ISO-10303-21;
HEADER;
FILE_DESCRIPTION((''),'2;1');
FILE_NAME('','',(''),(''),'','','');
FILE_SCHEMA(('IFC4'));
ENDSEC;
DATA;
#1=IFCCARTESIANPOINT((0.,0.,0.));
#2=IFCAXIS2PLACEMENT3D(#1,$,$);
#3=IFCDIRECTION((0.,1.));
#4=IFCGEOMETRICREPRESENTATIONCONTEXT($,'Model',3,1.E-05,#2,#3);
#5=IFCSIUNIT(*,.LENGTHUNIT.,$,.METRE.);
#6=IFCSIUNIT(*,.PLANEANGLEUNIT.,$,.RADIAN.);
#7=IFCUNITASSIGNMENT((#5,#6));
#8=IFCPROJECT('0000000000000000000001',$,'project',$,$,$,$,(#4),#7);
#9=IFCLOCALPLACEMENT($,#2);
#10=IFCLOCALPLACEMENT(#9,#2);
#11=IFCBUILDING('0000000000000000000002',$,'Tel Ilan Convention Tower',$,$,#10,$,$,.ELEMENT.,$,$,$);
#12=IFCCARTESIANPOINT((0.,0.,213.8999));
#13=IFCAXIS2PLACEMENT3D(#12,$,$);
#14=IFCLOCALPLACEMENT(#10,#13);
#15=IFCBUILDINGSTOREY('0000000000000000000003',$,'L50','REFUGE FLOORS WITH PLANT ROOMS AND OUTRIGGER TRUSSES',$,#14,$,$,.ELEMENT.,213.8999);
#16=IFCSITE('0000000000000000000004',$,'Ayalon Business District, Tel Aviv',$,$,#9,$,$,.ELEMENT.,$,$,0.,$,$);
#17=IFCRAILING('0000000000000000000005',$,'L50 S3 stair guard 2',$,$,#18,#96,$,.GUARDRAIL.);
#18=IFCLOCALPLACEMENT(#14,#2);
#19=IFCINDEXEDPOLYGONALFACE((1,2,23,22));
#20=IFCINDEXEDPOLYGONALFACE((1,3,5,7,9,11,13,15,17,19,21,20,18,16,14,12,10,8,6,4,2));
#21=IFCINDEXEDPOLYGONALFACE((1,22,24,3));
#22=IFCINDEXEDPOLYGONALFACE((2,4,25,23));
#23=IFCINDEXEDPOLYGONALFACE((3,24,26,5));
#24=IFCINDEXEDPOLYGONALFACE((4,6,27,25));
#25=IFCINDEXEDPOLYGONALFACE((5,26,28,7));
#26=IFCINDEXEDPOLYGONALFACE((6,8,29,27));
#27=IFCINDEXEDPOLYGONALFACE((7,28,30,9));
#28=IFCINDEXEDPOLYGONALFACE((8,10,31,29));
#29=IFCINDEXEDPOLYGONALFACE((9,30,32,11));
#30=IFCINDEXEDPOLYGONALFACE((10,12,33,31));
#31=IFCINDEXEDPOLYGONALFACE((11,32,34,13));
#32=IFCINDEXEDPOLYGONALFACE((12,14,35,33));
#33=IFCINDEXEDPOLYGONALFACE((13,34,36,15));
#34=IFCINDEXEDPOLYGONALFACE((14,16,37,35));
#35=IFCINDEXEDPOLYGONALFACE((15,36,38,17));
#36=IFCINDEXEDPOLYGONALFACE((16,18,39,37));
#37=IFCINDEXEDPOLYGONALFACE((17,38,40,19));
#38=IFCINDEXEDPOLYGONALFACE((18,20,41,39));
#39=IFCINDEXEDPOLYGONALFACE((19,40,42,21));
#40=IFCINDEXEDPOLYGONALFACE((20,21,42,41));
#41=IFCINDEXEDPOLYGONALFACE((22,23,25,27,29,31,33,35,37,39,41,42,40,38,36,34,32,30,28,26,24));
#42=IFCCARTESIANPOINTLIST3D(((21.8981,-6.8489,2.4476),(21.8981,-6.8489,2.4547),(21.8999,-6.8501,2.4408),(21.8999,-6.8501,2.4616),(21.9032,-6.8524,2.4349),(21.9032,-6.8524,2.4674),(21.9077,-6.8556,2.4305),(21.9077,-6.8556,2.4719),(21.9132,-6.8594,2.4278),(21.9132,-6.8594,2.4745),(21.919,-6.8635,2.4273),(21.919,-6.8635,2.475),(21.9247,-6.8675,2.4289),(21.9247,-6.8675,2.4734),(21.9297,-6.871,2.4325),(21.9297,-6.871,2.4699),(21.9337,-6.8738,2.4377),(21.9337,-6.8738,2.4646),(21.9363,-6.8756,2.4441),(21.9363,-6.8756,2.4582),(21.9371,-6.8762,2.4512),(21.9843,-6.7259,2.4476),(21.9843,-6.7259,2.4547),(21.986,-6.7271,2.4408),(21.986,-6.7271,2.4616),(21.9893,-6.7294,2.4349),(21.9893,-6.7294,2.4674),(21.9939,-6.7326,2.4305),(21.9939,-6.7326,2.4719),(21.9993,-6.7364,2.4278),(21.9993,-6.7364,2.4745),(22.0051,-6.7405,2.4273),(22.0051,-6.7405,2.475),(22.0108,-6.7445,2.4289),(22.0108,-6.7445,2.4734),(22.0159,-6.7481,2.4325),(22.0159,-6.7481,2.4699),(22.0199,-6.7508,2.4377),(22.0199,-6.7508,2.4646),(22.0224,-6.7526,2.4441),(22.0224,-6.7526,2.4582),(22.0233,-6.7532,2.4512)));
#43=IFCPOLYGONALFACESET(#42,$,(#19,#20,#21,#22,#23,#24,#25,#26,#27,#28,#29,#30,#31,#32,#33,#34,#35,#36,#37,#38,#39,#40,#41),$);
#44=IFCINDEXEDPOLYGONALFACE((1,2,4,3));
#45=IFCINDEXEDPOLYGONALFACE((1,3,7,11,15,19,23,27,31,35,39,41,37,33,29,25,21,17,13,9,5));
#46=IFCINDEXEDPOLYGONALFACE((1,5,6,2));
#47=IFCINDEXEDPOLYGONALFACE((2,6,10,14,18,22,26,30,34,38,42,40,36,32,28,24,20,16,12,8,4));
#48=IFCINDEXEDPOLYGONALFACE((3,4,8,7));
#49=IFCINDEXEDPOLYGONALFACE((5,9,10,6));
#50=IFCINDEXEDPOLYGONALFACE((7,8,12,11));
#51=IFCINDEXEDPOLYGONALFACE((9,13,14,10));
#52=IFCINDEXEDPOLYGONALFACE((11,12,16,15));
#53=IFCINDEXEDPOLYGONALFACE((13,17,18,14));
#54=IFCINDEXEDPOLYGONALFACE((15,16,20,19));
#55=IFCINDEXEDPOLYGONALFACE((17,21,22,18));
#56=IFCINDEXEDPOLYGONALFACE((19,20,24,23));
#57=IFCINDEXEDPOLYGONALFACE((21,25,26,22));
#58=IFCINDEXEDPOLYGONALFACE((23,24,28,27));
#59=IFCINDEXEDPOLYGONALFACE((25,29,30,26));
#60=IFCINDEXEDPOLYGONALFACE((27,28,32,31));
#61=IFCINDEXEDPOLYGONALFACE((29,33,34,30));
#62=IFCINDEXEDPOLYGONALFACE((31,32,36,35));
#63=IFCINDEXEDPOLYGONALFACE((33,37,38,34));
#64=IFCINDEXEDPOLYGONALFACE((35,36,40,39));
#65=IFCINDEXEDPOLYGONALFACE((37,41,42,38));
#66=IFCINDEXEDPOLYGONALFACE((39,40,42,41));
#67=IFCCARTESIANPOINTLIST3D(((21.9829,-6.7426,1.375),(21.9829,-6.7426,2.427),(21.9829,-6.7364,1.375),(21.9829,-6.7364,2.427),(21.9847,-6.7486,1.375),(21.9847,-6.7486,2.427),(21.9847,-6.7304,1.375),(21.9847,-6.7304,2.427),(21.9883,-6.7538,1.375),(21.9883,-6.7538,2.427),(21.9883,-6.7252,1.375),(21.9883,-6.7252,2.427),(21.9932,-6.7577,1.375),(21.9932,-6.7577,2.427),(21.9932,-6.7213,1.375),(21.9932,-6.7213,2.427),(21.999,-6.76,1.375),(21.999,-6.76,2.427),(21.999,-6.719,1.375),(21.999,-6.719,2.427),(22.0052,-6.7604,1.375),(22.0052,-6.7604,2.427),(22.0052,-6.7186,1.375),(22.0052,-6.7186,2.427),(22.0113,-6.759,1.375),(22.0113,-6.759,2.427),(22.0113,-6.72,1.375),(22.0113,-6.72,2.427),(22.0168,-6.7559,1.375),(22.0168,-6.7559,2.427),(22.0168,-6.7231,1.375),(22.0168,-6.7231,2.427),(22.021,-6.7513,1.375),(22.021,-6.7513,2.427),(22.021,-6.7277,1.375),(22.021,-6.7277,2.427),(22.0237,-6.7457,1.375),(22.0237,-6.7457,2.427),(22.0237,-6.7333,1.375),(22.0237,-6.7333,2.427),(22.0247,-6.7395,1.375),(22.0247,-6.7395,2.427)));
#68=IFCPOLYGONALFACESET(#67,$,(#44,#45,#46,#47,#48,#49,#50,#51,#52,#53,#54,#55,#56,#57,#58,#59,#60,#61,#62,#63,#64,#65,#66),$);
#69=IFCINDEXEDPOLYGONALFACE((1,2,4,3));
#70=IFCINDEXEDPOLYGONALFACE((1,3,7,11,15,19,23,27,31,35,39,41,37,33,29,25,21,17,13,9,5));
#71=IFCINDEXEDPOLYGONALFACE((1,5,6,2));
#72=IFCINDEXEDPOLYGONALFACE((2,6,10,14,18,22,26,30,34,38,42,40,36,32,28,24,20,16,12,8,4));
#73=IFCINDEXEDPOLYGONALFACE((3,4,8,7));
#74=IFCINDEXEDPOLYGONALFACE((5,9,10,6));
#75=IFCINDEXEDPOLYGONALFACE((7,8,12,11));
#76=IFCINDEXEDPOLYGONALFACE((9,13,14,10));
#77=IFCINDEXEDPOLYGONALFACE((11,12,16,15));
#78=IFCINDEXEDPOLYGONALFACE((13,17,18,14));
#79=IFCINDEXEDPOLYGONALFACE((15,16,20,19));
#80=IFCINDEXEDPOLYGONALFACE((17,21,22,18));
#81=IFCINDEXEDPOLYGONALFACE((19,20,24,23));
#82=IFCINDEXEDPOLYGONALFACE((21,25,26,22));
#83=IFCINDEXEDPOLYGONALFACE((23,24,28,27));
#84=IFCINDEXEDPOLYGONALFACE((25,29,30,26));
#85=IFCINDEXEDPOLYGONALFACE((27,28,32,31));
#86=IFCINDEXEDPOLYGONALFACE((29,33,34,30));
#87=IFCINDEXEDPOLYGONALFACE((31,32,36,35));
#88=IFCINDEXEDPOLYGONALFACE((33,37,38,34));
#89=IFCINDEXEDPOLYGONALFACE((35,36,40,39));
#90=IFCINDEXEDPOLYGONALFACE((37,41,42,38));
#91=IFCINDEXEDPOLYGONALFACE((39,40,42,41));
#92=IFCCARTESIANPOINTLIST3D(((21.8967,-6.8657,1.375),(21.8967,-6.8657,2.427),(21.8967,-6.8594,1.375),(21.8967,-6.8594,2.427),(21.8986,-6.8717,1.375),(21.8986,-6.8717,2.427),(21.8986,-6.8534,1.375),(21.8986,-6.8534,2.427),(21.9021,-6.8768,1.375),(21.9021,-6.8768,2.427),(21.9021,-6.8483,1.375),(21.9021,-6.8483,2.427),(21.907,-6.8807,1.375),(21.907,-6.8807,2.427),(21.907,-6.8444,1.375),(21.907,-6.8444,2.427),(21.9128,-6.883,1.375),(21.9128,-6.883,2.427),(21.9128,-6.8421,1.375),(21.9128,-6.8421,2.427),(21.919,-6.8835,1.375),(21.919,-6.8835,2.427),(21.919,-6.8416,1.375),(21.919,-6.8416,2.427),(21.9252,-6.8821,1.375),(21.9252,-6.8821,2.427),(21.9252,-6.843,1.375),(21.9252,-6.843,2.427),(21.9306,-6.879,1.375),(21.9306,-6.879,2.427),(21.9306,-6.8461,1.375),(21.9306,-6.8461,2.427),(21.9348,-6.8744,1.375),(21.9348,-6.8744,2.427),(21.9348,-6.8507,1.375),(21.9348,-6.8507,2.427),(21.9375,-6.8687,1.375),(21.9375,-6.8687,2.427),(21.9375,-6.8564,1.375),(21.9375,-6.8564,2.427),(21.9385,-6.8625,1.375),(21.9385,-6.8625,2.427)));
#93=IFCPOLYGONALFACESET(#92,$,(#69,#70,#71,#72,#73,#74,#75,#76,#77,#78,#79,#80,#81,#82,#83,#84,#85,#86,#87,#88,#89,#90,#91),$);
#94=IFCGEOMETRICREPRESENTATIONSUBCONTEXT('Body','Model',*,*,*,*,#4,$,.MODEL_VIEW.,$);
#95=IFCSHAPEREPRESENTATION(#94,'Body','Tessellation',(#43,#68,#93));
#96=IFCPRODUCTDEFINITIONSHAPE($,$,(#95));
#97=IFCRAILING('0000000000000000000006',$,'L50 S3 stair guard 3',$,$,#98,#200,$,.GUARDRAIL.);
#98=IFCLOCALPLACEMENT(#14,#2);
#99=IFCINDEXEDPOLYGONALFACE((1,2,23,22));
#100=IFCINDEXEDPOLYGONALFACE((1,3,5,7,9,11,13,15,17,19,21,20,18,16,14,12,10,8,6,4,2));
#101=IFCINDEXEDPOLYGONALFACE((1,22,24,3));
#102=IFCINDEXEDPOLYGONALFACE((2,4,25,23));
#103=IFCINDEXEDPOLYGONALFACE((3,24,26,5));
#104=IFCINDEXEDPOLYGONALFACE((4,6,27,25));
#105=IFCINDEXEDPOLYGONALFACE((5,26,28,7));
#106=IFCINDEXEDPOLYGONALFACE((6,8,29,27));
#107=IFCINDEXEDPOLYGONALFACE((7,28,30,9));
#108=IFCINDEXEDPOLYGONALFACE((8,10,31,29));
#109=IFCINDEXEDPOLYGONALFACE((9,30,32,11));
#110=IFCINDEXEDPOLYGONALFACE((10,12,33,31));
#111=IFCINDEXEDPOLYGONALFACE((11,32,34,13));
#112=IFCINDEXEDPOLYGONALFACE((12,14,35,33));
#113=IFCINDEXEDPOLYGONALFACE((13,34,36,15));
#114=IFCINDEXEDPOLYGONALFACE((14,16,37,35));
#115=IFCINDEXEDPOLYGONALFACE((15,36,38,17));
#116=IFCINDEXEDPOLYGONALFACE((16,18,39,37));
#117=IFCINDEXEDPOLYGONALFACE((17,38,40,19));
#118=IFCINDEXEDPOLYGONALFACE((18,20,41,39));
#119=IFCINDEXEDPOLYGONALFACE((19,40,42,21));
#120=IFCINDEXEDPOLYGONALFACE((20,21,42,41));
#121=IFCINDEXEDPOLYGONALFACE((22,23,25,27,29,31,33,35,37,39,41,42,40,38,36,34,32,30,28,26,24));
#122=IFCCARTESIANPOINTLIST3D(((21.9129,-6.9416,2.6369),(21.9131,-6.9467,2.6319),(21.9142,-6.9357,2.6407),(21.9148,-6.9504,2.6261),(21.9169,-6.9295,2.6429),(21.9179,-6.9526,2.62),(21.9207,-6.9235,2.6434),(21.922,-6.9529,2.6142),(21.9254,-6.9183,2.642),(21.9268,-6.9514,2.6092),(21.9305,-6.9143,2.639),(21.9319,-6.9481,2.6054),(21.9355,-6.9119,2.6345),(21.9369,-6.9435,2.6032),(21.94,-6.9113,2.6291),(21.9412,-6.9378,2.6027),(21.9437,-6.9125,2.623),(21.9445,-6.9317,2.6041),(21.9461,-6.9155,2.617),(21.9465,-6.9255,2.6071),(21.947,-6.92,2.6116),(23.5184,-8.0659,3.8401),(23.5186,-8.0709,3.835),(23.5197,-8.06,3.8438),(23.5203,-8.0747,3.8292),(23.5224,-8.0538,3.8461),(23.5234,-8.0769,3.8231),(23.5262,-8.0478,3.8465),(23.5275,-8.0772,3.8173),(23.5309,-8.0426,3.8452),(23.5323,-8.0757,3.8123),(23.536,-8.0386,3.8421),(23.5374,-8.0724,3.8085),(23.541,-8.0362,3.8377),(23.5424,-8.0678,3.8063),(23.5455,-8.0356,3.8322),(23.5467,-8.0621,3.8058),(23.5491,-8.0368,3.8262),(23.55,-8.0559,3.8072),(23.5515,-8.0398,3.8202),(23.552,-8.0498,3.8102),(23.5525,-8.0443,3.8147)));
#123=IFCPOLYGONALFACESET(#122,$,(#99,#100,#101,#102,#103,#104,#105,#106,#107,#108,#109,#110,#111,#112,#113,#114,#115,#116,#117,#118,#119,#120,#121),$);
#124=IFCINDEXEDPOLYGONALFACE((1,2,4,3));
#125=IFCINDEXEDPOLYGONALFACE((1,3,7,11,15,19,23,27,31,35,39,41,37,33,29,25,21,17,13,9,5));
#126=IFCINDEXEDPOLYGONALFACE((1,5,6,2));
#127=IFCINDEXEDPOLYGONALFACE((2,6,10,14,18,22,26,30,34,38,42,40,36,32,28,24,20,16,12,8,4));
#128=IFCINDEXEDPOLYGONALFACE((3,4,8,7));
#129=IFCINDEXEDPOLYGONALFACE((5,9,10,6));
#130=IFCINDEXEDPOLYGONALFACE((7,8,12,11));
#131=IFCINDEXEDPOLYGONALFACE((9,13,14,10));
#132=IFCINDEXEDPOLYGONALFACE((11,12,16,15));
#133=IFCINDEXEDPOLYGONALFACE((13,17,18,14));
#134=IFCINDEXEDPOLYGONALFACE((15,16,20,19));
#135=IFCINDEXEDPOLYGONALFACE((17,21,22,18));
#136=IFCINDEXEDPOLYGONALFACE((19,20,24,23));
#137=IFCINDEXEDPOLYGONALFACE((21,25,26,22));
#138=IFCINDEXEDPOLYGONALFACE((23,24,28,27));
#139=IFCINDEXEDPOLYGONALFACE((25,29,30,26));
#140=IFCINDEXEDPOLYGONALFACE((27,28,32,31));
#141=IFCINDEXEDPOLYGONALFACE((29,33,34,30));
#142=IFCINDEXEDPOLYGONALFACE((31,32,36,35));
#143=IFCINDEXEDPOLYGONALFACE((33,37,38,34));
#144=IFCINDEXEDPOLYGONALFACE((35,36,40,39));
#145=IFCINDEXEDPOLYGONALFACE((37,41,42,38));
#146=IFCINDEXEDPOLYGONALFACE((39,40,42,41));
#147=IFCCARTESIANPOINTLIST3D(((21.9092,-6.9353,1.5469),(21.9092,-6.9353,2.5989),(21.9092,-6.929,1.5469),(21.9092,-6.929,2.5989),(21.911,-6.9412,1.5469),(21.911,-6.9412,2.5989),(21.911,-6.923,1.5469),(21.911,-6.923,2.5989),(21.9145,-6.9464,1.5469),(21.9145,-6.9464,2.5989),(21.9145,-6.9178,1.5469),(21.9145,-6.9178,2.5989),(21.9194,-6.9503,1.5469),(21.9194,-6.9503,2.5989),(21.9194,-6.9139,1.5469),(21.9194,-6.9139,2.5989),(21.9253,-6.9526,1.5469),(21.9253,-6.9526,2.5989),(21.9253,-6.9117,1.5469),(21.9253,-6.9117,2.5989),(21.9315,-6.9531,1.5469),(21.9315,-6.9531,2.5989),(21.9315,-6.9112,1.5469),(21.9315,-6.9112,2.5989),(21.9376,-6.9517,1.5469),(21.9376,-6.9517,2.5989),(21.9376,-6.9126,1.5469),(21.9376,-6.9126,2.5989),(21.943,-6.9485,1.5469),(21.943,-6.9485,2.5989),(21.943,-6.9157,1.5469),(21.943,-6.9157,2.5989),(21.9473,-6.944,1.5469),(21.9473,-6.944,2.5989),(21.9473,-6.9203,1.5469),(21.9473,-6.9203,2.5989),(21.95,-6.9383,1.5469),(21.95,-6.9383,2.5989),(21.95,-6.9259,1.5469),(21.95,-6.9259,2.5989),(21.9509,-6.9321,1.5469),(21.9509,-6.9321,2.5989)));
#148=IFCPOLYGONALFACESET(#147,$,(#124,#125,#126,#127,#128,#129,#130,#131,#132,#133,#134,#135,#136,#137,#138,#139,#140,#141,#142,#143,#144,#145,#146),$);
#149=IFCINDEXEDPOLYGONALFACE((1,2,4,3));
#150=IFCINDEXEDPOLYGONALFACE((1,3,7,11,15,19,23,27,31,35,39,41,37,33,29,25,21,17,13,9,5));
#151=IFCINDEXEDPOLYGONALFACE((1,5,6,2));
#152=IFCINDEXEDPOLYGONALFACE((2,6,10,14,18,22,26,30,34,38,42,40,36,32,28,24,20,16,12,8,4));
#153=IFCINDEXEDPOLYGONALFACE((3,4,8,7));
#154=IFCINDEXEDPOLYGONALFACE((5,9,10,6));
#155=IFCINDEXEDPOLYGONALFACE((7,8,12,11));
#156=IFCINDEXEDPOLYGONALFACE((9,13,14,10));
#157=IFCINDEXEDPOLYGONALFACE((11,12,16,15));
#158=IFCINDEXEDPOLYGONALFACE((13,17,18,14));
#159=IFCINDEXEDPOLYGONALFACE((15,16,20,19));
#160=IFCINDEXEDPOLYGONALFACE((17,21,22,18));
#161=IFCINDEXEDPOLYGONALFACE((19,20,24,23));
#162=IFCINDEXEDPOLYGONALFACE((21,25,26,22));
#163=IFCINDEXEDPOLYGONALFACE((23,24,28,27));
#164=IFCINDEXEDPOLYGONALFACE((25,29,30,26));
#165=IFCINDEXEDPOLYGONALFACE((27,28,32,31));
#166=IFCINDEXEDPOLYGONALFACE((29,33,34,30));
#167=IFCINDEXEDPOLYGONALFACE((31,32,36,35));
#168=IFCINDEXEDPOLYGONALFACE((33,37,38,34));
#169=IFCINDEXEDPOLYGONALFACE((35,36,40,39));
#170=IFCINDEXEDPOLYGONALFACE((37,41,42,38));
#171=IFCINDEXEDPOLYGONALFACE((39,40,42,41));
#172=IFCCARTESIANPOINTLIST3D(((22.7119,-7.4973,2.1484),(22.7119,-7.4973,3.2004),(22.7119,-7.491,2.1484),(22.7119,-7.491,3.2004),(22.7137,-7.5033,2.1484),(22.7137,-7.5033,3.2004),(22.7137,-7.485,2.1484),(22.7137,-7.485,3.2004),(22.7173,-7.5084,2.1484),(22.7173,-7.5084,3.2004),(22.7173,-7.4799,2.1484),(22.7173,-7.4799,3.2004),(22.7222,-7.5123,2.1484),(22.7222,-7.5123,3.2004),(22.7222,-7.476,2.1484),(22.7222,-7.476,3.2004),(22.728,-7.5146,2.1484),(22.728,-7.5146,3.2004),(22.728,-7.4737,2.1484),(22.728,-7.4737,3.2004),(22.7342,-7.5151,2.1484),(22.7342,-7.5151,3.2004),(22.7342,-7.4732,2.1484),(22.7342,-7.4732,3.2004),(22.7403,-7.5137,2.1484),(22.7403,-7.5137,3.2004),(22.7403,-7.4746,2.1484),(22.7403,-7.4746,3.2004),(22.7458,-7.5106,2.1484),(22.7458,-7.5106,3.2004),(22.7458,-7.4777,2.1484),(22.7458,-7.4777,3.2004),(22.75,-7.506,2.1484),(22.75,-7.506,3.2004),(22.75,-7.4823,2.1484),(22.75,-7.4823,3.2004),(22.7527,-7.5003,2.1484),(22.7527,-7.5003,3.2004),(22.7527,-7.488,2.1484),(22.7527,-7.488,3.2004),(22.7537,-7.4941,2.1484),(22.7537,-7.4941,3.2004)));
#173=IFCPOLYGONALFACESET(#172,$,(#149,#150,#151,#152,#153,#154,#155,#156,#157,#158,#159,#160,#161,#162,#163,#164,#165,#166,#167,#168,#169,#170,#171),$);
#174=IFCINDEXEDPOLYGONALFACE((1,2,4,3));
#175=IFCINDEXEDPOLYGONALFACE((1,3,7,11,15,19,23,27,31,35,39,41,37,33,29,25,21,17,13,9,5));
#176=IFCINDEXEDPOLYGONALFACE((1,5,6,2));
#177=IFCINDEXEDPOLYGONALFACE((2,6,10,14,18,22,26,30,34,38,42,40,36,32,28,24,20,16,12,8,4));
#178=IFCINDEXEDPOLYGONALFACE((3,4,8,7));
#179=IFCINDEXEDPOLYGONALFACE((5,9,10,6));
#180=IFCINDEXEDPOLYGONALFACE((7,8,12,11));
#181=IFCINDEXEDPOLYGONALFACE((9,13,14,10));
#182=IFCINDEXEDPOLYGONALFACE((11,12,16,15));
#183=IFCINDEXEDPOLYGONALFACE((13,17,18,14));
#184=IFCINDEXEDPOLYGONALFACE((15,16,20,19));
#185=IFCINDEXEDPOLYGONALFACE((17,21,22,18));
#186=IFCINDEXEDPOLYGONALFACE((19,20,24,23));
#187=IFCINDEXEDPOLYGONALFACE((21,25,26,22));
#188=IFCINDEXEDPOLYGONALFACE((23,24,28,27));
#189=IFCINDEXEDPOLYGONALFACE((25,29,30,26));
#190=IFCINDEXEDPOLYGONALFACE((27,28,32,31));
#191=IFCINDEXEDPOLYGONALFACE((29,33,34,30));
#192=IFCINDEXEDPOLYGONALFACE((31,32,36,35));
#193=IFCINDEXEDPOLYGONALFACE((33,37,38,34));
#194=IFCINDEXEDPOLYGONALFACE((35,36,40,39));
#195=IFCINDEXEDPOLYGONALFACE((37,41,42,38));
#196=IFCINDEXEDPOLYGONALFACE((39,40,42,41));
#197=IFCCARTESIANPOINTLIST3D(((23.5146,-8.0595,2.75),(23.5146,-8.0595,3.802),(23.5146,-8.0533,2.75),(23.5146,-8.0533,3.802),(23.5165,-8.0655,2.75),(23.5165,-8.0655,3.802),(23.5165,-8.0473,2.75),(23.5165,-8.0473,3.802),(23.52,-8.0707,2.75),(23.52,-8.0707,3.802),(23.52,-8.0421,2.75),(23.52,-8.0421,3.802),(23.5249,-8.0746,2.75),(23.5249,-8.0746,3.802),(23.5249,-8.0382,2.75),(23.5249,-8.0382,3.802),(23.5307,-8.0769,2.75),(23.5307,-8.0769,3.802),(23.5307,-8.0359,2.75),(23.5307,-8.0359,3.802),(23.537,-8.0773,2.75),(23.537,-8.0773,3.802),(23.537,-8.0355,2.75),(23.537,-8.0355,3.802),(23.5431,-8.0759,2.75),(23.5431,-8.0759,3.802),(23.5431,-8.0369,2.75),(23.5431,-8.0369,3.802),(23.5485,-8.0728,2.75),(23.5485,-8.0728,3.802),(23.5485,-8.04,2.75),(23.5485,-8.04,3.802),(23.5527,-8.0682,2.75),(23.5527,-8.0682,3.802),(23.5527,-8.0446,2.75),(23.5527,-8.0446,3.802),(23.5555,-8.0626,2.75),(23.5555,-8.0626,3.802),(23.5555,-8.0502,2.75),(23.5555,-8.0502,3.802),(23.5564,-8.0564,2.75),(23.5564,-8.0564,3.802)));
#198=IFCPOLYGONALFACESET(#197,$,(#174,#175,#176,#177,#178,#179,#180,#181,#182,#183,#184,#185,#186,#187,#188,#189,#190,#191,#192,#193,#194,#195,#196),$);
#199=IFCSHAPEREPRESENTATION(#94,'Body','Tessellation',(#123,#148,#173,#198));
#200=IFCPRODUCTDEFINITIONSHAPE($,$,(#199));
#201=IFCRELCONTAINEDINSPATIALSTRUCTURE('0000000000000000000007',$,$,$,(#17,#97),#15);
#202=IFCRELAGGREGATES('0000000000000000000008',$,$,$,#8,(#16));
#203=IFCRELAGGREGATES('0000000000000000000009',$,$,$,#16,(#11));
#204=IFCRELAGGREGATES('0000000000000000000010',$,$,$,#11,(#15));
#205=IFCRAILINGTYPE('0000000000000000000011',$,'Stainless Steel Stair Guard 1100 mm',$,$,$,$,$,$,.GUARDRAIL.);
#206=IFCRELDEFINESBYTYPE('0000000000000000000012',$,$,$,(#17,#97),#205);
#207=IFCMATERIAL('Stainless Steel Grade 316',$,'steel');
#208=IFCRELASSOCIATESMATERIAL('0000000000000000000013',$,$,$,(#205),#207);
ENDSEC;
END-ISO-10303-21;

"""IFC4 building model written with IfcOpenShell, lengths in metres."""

from ifc_helpers import new_model, si_unit, direction, frame, origin, origin_2d, place, context, subcontext, project, spatial, circle, extrude, material, type_object, element, save


model = new_model("IFC4")

# Units and contexts
model_context = context("Model", 3, precision=1e-05, world=origin(), true_north=direction((0.0, 1.0)))
body_context = subcontext(model_context, "Body", "Model", "MODEL_VIEW")
ifc_project = project(units=[si_unit("LENGTHUNIT", "METRE"), si_unit("PLANEANGLEUNIT", "RADIAN")], contexts=[model_context])

# Site, building, storey
site_placement = place(None, origin())
site = spatial("IfcSite", under=ifc_project, at=site_placement, Name="Ayalon Business District, Tel Aviv", CompositionType="ELEMENT", RefElevation=0.0)
building_placement = place(site_placement, origin())
building = spatial("IfcBuilding", under=site, at=building_placement, Name="Tel Ilan Convention Tower", CompositionType="ELEMENT")
storey_placement = place(building_placement, frame((0.0, 0.0, 213.8999)))
storey = spatial("IfcBuildingStorey", under=building, at=storey_placement, Name="L50", Description="REFUGE FLOORS WITH PLANT ROOMS AND OUTRIGGER TRUSSES", CompositionType="ELEMENT", Elevation=213.8999)

# Railings
ifc_material_1 = material(Name="Stainless Steel Grade 316", Category="steel")
railing_type_1 = type_object("IfcRailingType", Name="Stainless Steel Stair Guard 1100 mm", PredefinedType="GUARDRAIL", material=ifc_material_1)
railing_1_placement = place(storey_placement, frame((22.0037, -6.7395, 1.375)))
element("IfcRailing", 1, at=railing_1_placement, inside=storey, type_object=railing_type_1, Name="L50 S3 stair guard 2", PredefinedType="GUARDRAIL", context=body_context, shape_type="SweptSolid", body=[
    extrude(circle(Radius=0.0239, at=origin_2d()), frame((0.0, 0.0, 1.0762), z_axis=(-0.57368, -0.819079, 0.0), x_axis=(0.819079, -0.57368, 0.0)), (0.0, 0.0, 1.0), 0.1501),
    extrude(circle(Radius=0.021, at=origin_2d()), origin(), (0.0, 0.0, 1.0), 1.052),
    extrude(circle(Radius=0.021, at=origin_2d()), frame((-0.0862, -0.123, 0.0)), (0.0, 0.0, 1.0), 1.052),
])
railing_2_placement = place(storey_placement, frame((21.9299, -6.9321, 1.5469)))
element("IfcRailing", 2, at=railing_2_placement, inside=storey, type_object=railing_type_1, Name="L50 S3 stair guard 3", PredefinedType="GUARDRAIL", context=body_context, shape_type="SweptSolid", body=[
    extrude(circle(Radius=0.0239, at=origin_2d()), frame((0.0, 0.0, 1.0762), z_axis=(0.698095, -0.488857, 0.523146), x_axis=(0.573613, 0.819127, 0.0)), (0.0, 0.0, 1.0), 2.2998),
    extrude(circle(Radius=0.021, at=origin_2d()), origin(), (0.0, 0.0, 1.0), 1.052),
    extrude(circle(Radius=0.021, at=origin_2d()), frame((0.8027, -0.562, 0.6016)), (0.0, 0.0, 1.0), 1.052),
    extrude(circle(Radius=0.021, at=origin_2d()), frame((1.6055, -1.1243, 1.2031)), (0.0, 0.0, 1.0), 1.052),
])

save(model, "model.ifc")
